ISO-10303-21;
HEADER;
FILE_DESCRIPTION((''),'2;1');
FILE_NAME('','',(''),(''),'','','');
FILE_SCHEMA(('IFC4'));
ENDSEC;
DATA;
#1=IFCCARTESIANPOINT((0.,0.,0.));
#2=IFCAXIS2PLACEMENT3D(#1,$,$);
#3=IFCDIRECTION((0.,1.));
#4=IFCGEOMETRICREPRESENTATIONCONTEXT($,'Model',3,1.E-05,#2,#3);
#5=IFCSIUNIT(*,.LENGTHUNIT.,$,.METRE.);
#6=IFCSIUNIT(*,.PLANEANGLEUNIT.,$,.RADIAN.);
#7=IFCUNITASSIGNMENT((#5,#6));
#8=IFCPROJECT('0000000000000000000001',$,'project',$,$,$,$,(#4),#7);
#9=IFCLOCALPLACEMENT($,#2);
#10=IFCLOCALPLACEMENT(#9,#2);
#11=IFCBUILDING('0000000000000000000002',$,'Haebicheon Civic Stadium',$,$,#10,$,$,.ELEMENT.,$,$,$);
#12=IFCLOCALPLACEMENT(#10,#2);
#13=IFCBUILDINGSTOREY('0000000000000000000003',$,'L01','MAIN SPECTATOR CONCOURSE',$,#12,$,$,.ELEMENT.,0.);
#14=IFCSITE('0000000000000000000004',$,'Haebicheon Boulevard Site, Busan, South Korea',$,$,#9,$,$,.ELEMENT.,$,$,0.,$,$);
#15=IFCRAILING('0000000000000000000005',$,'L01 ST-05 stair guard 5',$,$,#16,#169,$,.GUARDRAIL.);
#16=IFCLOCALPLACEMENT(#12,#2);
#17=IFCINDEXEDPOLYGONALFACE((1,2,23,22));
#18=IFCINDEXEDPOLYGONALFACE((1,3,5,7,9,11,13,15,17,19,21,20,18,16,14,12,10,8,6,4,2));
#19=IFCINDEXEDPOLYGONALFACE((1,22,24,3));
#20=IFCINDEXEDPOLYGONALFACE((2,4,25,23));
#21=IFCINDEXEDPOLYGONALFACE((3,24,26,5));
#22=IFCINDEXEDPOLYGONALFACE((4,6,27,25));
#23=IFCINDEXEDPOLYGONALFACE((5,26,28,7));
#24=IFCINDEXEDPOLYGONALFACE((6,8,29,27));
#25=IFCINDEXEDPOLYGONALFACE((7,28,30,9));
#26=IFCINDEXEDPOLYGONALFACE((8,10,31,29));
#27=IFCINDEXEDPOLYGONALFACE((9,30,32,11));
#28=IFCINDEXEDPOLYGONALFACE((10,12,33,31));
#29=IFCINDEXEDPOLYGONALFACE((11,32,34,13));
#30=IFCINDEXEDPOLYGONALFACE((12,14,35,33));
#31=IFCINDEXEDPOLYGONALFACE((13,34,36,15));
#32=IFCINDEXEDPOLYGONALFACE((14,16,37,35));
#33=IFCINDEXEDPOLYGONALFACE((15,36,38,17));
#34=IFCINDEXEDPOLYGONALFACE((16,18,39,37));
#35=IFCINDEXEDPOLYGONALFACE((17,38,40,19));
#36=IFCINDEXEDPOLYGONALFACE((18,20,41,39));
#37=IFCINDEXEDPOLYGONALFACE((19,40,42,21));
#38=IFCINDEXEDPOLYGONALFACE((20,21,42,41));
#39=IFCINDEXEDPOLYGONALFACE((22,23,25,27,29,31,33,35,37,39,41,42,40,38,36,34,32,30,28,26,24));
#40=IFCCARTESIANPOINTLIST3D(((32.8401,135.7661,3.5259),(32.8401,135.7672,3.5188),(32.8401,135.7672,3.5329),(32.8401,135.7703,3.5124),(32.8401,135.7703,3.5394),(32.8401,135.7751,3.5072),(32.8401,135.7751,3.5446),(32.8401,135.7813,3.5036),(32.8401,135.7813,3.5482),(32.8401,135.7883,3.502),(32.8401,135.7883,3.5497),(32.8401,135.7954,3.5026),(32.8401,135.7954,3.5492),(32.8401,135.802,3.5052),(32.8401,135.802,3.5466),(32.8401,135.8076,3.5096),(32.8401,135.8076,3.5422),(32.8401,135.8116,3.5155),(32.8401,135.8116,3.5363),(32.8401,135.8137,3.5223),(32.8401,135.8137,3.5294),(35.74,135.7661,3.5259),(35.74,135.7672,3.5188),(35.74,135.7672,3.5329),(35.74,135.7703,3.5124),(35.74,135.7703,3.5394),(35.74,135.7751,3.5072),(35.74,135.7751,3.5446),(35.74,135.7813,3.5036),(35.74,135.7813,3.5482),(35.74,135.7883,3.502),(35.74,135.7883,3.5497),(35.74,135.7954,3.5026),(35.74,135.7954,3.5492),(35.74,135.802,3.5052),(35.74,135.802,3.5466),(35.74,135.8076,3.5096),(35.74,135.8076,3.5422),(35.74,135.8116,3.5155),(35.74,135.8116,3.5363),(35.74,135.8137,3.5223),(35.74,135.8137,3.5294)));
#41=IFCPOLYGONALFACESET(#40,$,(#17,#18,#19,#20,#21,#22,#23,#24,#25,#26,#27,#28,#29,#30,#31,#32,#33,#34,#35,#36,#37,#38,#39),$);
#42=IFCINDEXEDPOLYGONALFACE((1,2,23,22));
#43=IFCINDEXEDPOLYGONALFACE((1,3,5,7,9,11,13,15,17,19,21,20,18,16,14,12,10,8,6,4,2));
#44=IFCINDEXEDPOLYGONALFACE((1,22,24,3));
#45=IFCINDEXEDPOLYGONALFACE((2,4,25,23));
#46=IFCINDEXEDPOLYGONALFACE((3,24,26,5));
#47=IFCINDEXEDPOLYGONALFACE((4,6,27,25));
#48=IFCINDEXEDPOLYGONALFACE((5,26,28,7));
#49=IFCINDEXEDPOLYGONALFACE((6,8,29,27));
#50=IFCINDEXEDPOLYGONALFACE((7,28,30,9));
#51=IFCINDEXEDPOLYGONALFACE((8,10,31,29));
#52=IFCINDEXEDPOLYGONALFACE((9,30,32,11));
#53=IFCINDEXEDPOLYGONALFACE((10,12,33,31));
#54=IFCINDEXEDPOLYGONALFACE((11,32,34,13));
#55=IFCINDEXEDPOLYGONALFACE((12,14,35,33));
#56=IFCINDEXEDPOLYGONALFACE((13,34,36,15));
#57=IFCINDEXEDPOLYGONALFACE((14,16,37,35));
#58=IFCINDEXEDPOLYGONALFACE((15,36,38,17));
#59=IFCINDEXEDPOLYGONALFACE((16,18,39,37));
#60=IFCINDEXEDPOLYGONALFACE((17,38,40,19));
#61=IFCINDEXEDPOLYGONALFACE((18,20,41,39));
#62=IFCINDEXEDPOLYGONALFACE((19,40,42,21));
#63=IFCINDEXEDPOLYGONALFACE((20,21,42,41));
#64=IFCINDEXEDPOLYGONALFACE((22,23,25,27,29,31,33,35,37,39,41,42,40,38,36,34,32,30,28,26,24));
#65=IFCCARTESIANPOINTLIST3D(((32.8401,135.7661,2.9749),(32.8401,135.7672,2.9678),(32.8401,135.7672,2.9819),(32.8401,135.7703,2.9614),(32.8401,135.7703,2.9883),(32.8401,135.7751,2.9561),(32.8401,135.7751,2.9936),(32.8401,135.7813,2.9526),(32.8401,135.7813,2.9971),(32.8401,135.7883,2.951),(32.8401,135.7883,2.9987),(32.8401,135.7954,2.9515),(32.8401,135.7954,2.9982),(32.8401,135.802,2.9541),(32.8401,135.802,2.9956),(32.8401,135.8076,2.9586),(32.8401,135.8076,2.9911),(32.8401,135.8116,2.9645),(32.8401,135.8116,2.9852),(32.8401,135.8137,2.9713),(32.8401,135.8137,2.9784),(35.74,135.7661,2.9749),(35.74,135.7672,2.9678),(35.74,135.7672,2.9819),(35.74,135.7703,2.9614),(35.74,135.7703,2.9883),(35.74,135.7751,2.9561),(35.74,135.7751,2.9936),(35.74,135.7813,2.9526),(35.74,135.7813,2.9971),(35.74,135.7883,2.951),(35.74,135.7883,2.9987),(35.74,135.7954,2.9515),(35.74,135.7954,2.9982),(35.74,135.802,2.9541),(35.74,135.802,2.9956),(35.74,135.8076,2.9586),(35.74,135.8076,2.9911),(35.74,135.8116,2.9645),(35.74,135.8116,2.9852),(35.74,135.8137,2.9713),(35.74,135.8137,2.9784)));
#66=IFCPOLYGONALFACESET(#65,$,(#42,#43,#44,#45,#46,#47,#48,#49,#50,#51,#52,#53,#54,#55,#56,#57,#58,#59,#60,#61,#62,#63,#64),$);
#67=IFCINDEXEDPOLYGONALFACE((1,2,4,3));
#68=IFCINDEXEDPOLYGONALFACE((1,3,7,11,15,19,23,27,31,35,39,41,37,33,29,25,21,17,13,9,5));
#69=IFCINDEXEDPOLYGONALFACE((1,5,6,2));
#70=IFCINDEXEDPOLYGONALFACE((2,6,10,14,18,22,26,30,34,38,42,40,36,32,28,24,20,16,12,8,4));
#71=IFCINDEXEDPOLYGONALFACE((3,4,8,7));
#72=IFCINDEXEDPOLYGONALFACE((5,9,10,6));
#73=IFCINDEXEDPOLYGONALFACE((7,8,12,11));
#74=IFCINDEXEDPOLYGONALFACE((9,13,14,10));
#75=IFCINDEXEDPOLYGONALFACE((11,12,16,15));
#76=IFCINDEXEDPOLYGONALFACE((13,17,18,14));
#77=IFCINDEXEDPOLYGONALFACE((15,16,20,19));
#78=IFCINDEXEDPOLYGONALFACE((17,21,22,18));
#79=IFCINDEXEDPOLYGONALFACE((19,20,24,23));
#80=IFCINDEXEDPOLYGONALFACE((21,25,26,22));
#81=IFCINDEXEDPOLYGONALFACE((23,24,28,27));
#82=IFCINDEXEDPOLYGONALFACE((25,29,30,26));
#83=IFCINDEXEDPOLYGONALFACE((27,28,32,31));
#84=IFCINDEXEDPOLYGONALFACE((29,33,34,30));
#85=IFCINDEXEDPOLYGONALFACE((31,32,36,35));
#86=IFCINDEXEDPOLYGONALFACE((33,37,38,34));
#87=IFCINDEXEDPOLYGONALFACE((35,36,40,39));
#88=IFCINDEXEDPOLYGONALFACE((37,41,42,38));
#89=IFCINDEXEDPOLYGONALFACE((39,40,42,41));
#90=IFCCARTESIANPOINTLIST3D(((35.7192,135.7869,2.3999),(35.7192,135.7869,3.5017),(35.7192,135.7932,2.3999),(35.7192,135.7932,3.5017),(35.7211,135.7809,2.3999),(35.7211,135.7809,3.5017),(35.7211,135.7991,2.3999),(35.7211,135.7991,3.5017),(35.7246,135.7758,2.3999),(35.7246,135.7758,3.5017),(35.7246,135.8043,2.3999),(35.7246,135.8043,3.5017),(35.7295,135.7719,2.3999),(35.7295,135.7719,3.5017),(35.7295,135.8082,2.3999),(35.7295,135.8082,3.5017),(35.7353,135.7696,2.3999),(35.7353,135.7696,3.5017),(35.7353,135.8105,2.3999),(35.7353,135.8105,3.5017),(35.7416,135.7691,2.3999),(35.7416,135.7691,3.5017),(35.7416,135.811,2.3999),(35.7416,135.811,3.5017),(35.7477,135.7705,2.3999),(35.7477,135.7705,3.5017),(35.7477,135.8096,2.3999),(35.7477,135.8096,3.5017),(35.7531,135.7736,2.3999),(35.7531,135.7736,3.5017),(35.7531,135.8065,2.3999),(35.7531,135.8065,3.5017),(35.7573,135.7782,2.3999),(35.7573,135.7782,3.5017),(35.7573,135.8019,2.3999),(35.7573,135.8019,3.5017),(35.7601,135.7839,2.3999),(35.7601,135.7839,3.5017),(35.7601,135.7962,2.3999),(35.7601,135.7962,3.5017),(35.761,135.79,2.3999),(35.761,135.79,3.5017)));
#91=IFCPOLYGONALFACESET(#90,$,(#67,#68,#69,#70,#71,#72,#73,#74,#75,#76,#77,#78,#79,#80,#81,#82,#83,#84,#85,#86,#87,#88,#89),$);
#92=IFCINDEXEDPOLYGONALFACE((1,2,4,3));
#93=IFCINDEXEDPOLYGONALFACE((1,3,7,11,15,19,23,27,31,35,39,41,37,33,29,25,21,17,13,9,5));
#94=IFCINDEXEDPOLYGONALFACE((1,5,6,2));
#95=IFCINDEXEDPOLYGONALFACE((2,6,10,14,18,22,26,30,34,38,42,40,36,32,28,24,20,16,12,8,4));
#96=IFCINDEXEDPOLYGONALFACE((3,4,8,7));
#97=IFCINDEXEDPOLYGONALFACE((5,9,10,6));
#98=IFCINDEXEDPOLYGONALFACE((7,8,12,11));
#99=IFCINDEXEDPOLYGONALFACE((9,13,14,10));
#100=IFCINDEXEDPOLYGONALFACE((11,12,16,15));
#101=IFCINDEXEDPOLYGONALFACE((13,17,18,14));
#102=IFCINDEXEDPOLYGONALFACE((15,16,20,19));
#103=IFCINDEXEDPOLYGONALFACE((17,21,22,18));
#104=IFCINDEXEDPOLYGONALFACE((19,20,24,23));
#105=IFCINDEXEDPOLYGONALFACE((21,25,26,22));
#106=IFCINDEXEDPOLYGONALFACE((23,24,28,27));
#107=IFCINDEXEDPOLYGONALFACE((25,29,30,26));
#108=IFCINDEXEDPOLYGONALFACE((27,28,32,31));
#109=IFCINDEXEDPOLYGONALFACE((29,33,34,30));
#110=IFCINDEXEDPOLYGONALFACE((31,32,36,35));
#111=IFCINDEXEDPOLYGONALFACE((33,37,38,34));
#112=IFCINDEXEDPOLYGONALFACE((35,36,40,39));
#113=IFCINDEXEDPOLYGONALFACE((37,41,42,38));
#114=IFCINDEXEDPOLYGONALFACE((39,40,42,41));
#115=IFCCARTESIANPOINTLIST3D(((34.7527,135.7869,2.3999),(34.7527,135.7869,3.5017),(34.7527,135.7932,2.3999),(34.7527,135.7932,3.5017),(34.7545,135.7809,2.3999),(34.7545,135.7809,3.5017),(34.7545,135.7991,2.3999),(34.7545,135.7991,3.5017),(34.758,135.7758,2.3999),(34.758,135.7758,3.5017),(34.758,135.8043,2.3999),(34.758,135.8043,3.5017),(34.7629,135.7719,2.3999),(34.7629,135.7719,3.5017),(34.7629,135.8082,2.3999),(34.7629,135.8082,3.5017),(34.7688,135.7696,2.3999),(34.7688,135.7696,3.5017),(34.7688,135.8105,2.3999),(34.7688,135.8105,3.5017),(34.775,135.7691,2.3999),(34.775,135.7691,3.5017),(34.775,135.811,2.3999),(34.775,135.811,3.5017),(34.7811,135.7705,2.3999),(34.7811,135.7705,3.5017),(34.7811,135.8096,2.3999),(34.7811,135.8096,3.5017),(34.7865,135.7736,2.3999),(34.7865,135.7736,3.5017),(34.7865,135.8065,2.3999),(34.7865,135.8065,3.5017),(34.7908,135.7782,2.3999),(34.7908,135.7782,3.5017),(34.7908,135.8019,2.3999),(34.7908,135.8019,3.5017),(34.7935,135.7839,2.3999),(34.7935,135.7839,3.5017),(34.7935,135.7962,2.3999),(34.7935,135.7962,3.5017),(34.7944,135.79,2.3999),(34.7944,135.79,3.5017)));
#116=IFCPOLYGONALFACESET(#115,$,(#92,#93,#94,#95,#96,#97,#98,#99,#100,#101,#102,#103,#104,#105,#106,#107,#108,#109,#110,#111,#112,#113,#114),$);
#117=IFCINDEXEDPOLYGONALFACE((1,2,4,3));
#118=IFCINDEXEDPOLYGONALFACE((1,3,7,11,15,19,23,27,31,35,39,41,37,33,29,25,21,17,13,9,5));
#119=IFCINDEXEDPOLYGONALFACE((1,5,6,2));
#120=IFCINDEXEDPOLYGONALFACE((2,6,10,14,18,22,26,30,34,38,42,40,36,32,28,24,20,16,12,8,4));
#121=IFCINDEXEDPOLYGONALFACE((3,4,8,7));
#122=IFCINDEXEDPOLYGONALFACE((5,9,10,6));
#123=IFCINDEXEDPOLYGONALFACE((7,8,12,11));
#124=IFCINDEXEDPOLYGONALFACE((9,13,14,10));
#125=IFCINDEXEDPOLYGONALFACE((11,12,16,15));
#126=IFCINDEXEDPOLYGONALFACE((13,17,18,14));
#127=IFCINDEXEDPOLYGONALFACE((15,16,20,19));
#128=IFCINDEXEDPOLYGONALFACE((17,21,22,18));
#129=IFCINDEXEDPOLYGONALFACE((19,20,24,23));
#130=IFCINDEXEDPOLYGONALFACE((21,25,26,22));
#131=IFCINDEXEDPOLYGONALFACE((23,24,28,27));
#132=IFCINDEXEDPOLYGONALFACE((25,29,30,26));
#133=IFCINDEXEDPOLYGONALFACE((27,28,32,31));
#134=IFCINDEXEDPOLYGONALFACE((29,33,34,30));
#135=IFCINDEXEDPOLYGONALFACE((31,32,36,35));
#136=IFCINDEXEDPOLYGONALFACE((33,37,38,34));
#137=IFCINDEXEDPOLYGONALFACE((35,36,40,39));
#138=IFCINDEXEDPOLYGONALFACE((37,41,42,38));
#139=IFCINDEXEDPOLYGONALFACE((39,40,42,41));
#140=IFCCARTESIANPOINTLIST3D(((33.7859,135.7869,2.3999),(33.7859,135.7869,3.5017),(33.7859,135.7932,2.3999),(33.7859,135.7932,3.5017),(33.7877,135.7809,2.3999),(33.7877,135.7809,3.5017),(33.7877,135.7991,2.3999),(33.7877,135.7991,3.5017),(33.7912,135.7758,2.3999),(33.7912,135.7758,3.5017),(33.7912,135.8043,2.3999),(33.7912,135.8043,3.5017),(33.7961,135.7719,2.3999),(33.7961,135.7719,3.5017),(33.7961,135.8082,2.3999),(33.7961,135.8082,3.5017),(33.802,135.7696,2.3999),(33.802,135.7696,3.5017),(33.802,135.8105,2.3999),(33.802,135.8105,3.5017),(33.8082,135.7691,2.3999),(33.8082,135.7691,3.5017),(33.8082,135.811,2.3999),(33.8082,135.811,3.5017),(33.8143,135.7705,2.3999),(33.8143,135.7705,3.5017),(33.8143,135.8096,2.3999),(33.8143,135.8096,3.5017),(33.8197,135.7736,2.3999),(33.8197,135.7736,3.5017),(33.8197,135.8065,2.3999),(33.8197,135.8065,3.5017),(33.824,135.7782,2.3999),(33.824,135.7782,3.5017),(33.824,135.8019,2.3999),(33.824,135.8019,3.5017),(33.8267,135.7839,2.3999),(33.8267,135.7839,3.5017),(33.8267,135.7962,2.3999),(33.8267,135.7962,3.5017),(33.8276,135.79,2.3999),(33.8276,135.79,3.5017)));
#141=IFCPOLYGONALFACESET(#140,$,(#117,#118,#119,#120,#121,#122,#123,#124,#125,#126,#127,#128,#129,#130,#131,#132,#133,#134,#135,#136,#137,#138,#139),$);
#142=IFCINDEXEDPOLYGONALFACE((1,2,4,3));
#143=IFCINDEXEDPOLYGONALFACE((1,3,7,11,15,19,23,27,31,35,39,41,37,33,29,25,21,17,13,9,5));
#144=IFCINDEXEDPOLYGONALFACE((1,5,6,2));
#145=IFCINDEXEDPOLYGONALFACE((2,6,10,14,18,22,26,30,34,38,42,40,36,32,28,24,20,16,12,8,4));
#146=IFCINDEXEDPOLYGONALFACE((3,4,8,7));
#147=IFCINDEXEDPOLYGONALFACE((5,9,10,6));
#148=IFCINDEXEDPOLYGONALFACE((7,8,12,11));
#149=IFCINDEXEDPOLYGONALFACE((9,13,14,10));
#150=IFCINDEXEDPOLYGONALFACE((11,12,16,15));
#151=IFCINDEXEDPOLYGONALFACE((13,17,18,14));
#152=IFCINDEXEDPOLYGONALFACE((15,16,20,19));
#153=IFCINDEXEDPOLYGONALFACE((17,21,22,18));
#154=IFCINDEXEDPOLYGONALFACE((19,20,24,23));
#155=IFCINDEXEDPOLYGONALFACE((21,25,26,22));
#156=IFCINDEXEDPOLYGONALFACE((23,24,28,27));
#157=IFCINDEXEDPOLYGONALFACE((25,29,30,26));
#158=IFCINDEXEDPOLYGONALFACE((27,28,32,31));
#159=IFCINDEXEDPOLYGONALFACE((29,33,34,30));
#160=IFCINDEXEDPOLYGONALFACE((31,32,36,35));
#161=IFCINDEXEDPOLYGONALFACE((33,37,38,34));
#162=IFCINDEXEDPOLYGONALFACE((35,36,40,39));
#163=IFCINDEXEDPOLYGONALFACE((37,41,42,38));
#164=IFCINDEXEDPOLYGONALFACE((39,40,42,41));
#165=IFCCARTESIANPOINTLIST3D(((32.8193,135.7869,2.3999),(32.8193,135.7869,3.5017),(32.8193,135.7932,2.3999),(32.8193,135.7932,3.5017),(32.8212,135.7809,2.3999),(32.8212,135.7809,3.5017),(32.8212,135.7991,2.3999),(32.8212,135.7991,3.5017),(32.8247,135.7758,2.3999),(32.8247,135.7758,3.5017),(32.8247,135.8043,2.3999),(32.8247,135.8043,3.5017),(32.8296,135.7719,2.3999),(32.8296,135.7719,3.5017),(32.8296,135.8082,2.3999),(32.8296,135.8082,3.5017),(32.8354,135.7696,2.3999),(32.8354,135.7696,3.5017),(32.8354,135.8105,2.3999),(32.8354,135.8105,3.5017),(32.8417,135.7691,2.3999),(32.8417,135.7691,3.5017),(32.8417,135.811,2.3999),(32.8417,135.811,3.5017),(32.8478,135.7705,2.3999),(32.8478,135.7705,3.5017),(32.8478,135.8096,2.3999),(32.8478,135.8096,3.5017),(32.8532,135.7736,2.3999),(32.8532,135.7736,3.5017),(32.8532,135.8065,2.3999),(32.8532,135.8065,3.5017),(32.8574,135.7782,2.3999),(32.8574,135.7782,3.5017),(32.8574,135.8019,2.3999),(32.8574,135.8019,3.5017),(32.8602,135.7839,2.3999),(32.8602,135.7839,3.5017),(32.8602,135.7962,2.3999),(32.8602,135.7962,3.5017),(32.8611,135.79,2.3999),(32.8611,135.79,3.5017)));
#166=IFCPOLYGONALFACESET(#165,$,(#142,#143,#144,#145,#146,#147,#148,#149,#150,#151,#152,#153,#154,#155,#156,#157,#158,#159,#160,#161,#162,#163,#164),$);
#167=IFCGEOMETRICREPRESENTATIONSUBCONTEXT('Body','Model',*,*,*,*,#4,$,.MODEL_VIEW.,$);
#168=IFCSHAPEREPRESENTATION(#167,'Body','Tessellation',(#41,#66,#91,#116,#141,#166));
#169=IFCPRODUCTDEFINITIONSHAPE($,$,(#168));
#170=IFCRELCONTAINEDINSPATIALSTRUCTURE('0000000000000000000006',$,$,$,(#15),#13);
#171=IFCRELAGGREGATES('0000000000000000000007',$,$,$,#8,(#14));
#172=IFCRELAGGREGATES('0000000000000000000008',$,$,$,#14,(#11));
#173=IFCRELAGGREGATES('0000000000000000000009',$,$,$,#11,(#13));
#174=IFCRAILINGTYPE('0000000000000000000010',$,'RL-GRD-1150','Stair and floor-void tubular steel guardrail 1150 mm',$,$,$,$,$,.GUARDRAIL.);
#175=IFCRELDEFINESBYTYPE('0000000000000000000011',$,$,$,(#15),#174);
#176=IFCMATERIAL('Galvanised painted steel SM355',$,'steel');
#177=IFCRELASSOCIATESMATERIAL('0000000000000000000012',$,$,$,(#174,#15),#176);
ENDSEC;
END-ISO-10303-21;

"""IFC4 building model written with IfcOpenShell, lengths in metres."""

from ifc_helpers import new_model, si_unit, direction, frame, origin, origin_2d, place, context, subcontext, project, spatial, circle, extrude, material, type_object, element, save


model = new_model("IFC4")

# Units and contexts
model_context = context("Model", 3, precision=1e-05, world=origin(), true_north=direction((0.0, 1.0)))
body_context = subcontext(model_context, "Body", "Model", "MODEL_VIEW")
ifc_project = project(units=[si_unit("LENGTHUNIT", "METRE"), si_unit("PLANEANGLEUNIT", "RADIAN")], contexts=[model_context])

# Site, building, storey
site_placement = place(None, origin())
site = spatial("IfcSite", under=ifc_project, at=site_placement, Name="Haebicheon Boulevard Site, Busan, South Korea", CompositionType="ELEMENT", RefElevation=0.0)
building_placement = place(site_placement, origin())
building = spatial("IfcBuilding", under=site, at=building_placement, Name="Haebicheon Civic Stadium", CompositionType="ELEMENT")
storey_placement = place(building_placement, origin())
storey = spatial("IfcBuildingStorey", under=building, at=storey_placement, Name="L01", Description="MAIN SPECTATOR CONCOURSE", CompositionType="ELEMENT", Elevation=0.0)

# Railing
ifc_material_1 = material(Name="Galvanised painted steel SM355", Category="steel")
railing_type_1 = type_object("IfcRailingType", Name="RL-GRD-1150", Description="Stair and floor-void tubular steel guardrail 1150 mm", PredefinedType="GUARDRAIL", material=ifc_material_1)
railing_1_placement = place(storey_placement, frame((35.74, 135.79, 2.3999)))
element("IfcRailing", 1, at=railing_1_placement, inside=storey, type_object=railing_type_1, material=ifc_material_1, Name="L01 ST-05 stair guard 5", PredefinedType="GUARDRAIL", context=body_context, shape_type="SweptSolid", body=[
    extrude(circle(Radius=0.0239, at=origin_2d()), frame((0.0, 0.0, 1.126), z_axis=(-1.0, 0.0, 0.0), x_axis=(0.0, -1.0, 0.0)), (0.0, 0.0, 1.0), 2.8999),
    extrude(circle(Radius=0.0239, at=origin_2d()), frame((0.0, 0.0, 0.575), z_axis=(-1.0, 0.0, 0.0), x_axis=(0.0, -1.0, 0.0)), (0.0, 0.0, 1.0), 2.8999),
    extrude(circle(Radius=0.021, at=origin_2d()), origin(), (0.0, 0.0, 1.0), 1.1018),
    extrude(circle(Radius=0.021, at=origin_2d()), frame((-0.9666, 0.0, 0.0)), (0.0, 0.0, 1.0), 1.1018),
    extrude(circle(Radius=0.021, at=origin_2d()), frame((-1.9333, 0.0, 0.0)), (0.0, 0.0, 1.0), 1.1018),
    extrude(circle(Radius=0.021, at=origin_2d()), frame((-2.8999, 0.0, 0.0)), (0.0, 0.0, 1.0), 1.1018),
])

save(model, "model.ifc")
